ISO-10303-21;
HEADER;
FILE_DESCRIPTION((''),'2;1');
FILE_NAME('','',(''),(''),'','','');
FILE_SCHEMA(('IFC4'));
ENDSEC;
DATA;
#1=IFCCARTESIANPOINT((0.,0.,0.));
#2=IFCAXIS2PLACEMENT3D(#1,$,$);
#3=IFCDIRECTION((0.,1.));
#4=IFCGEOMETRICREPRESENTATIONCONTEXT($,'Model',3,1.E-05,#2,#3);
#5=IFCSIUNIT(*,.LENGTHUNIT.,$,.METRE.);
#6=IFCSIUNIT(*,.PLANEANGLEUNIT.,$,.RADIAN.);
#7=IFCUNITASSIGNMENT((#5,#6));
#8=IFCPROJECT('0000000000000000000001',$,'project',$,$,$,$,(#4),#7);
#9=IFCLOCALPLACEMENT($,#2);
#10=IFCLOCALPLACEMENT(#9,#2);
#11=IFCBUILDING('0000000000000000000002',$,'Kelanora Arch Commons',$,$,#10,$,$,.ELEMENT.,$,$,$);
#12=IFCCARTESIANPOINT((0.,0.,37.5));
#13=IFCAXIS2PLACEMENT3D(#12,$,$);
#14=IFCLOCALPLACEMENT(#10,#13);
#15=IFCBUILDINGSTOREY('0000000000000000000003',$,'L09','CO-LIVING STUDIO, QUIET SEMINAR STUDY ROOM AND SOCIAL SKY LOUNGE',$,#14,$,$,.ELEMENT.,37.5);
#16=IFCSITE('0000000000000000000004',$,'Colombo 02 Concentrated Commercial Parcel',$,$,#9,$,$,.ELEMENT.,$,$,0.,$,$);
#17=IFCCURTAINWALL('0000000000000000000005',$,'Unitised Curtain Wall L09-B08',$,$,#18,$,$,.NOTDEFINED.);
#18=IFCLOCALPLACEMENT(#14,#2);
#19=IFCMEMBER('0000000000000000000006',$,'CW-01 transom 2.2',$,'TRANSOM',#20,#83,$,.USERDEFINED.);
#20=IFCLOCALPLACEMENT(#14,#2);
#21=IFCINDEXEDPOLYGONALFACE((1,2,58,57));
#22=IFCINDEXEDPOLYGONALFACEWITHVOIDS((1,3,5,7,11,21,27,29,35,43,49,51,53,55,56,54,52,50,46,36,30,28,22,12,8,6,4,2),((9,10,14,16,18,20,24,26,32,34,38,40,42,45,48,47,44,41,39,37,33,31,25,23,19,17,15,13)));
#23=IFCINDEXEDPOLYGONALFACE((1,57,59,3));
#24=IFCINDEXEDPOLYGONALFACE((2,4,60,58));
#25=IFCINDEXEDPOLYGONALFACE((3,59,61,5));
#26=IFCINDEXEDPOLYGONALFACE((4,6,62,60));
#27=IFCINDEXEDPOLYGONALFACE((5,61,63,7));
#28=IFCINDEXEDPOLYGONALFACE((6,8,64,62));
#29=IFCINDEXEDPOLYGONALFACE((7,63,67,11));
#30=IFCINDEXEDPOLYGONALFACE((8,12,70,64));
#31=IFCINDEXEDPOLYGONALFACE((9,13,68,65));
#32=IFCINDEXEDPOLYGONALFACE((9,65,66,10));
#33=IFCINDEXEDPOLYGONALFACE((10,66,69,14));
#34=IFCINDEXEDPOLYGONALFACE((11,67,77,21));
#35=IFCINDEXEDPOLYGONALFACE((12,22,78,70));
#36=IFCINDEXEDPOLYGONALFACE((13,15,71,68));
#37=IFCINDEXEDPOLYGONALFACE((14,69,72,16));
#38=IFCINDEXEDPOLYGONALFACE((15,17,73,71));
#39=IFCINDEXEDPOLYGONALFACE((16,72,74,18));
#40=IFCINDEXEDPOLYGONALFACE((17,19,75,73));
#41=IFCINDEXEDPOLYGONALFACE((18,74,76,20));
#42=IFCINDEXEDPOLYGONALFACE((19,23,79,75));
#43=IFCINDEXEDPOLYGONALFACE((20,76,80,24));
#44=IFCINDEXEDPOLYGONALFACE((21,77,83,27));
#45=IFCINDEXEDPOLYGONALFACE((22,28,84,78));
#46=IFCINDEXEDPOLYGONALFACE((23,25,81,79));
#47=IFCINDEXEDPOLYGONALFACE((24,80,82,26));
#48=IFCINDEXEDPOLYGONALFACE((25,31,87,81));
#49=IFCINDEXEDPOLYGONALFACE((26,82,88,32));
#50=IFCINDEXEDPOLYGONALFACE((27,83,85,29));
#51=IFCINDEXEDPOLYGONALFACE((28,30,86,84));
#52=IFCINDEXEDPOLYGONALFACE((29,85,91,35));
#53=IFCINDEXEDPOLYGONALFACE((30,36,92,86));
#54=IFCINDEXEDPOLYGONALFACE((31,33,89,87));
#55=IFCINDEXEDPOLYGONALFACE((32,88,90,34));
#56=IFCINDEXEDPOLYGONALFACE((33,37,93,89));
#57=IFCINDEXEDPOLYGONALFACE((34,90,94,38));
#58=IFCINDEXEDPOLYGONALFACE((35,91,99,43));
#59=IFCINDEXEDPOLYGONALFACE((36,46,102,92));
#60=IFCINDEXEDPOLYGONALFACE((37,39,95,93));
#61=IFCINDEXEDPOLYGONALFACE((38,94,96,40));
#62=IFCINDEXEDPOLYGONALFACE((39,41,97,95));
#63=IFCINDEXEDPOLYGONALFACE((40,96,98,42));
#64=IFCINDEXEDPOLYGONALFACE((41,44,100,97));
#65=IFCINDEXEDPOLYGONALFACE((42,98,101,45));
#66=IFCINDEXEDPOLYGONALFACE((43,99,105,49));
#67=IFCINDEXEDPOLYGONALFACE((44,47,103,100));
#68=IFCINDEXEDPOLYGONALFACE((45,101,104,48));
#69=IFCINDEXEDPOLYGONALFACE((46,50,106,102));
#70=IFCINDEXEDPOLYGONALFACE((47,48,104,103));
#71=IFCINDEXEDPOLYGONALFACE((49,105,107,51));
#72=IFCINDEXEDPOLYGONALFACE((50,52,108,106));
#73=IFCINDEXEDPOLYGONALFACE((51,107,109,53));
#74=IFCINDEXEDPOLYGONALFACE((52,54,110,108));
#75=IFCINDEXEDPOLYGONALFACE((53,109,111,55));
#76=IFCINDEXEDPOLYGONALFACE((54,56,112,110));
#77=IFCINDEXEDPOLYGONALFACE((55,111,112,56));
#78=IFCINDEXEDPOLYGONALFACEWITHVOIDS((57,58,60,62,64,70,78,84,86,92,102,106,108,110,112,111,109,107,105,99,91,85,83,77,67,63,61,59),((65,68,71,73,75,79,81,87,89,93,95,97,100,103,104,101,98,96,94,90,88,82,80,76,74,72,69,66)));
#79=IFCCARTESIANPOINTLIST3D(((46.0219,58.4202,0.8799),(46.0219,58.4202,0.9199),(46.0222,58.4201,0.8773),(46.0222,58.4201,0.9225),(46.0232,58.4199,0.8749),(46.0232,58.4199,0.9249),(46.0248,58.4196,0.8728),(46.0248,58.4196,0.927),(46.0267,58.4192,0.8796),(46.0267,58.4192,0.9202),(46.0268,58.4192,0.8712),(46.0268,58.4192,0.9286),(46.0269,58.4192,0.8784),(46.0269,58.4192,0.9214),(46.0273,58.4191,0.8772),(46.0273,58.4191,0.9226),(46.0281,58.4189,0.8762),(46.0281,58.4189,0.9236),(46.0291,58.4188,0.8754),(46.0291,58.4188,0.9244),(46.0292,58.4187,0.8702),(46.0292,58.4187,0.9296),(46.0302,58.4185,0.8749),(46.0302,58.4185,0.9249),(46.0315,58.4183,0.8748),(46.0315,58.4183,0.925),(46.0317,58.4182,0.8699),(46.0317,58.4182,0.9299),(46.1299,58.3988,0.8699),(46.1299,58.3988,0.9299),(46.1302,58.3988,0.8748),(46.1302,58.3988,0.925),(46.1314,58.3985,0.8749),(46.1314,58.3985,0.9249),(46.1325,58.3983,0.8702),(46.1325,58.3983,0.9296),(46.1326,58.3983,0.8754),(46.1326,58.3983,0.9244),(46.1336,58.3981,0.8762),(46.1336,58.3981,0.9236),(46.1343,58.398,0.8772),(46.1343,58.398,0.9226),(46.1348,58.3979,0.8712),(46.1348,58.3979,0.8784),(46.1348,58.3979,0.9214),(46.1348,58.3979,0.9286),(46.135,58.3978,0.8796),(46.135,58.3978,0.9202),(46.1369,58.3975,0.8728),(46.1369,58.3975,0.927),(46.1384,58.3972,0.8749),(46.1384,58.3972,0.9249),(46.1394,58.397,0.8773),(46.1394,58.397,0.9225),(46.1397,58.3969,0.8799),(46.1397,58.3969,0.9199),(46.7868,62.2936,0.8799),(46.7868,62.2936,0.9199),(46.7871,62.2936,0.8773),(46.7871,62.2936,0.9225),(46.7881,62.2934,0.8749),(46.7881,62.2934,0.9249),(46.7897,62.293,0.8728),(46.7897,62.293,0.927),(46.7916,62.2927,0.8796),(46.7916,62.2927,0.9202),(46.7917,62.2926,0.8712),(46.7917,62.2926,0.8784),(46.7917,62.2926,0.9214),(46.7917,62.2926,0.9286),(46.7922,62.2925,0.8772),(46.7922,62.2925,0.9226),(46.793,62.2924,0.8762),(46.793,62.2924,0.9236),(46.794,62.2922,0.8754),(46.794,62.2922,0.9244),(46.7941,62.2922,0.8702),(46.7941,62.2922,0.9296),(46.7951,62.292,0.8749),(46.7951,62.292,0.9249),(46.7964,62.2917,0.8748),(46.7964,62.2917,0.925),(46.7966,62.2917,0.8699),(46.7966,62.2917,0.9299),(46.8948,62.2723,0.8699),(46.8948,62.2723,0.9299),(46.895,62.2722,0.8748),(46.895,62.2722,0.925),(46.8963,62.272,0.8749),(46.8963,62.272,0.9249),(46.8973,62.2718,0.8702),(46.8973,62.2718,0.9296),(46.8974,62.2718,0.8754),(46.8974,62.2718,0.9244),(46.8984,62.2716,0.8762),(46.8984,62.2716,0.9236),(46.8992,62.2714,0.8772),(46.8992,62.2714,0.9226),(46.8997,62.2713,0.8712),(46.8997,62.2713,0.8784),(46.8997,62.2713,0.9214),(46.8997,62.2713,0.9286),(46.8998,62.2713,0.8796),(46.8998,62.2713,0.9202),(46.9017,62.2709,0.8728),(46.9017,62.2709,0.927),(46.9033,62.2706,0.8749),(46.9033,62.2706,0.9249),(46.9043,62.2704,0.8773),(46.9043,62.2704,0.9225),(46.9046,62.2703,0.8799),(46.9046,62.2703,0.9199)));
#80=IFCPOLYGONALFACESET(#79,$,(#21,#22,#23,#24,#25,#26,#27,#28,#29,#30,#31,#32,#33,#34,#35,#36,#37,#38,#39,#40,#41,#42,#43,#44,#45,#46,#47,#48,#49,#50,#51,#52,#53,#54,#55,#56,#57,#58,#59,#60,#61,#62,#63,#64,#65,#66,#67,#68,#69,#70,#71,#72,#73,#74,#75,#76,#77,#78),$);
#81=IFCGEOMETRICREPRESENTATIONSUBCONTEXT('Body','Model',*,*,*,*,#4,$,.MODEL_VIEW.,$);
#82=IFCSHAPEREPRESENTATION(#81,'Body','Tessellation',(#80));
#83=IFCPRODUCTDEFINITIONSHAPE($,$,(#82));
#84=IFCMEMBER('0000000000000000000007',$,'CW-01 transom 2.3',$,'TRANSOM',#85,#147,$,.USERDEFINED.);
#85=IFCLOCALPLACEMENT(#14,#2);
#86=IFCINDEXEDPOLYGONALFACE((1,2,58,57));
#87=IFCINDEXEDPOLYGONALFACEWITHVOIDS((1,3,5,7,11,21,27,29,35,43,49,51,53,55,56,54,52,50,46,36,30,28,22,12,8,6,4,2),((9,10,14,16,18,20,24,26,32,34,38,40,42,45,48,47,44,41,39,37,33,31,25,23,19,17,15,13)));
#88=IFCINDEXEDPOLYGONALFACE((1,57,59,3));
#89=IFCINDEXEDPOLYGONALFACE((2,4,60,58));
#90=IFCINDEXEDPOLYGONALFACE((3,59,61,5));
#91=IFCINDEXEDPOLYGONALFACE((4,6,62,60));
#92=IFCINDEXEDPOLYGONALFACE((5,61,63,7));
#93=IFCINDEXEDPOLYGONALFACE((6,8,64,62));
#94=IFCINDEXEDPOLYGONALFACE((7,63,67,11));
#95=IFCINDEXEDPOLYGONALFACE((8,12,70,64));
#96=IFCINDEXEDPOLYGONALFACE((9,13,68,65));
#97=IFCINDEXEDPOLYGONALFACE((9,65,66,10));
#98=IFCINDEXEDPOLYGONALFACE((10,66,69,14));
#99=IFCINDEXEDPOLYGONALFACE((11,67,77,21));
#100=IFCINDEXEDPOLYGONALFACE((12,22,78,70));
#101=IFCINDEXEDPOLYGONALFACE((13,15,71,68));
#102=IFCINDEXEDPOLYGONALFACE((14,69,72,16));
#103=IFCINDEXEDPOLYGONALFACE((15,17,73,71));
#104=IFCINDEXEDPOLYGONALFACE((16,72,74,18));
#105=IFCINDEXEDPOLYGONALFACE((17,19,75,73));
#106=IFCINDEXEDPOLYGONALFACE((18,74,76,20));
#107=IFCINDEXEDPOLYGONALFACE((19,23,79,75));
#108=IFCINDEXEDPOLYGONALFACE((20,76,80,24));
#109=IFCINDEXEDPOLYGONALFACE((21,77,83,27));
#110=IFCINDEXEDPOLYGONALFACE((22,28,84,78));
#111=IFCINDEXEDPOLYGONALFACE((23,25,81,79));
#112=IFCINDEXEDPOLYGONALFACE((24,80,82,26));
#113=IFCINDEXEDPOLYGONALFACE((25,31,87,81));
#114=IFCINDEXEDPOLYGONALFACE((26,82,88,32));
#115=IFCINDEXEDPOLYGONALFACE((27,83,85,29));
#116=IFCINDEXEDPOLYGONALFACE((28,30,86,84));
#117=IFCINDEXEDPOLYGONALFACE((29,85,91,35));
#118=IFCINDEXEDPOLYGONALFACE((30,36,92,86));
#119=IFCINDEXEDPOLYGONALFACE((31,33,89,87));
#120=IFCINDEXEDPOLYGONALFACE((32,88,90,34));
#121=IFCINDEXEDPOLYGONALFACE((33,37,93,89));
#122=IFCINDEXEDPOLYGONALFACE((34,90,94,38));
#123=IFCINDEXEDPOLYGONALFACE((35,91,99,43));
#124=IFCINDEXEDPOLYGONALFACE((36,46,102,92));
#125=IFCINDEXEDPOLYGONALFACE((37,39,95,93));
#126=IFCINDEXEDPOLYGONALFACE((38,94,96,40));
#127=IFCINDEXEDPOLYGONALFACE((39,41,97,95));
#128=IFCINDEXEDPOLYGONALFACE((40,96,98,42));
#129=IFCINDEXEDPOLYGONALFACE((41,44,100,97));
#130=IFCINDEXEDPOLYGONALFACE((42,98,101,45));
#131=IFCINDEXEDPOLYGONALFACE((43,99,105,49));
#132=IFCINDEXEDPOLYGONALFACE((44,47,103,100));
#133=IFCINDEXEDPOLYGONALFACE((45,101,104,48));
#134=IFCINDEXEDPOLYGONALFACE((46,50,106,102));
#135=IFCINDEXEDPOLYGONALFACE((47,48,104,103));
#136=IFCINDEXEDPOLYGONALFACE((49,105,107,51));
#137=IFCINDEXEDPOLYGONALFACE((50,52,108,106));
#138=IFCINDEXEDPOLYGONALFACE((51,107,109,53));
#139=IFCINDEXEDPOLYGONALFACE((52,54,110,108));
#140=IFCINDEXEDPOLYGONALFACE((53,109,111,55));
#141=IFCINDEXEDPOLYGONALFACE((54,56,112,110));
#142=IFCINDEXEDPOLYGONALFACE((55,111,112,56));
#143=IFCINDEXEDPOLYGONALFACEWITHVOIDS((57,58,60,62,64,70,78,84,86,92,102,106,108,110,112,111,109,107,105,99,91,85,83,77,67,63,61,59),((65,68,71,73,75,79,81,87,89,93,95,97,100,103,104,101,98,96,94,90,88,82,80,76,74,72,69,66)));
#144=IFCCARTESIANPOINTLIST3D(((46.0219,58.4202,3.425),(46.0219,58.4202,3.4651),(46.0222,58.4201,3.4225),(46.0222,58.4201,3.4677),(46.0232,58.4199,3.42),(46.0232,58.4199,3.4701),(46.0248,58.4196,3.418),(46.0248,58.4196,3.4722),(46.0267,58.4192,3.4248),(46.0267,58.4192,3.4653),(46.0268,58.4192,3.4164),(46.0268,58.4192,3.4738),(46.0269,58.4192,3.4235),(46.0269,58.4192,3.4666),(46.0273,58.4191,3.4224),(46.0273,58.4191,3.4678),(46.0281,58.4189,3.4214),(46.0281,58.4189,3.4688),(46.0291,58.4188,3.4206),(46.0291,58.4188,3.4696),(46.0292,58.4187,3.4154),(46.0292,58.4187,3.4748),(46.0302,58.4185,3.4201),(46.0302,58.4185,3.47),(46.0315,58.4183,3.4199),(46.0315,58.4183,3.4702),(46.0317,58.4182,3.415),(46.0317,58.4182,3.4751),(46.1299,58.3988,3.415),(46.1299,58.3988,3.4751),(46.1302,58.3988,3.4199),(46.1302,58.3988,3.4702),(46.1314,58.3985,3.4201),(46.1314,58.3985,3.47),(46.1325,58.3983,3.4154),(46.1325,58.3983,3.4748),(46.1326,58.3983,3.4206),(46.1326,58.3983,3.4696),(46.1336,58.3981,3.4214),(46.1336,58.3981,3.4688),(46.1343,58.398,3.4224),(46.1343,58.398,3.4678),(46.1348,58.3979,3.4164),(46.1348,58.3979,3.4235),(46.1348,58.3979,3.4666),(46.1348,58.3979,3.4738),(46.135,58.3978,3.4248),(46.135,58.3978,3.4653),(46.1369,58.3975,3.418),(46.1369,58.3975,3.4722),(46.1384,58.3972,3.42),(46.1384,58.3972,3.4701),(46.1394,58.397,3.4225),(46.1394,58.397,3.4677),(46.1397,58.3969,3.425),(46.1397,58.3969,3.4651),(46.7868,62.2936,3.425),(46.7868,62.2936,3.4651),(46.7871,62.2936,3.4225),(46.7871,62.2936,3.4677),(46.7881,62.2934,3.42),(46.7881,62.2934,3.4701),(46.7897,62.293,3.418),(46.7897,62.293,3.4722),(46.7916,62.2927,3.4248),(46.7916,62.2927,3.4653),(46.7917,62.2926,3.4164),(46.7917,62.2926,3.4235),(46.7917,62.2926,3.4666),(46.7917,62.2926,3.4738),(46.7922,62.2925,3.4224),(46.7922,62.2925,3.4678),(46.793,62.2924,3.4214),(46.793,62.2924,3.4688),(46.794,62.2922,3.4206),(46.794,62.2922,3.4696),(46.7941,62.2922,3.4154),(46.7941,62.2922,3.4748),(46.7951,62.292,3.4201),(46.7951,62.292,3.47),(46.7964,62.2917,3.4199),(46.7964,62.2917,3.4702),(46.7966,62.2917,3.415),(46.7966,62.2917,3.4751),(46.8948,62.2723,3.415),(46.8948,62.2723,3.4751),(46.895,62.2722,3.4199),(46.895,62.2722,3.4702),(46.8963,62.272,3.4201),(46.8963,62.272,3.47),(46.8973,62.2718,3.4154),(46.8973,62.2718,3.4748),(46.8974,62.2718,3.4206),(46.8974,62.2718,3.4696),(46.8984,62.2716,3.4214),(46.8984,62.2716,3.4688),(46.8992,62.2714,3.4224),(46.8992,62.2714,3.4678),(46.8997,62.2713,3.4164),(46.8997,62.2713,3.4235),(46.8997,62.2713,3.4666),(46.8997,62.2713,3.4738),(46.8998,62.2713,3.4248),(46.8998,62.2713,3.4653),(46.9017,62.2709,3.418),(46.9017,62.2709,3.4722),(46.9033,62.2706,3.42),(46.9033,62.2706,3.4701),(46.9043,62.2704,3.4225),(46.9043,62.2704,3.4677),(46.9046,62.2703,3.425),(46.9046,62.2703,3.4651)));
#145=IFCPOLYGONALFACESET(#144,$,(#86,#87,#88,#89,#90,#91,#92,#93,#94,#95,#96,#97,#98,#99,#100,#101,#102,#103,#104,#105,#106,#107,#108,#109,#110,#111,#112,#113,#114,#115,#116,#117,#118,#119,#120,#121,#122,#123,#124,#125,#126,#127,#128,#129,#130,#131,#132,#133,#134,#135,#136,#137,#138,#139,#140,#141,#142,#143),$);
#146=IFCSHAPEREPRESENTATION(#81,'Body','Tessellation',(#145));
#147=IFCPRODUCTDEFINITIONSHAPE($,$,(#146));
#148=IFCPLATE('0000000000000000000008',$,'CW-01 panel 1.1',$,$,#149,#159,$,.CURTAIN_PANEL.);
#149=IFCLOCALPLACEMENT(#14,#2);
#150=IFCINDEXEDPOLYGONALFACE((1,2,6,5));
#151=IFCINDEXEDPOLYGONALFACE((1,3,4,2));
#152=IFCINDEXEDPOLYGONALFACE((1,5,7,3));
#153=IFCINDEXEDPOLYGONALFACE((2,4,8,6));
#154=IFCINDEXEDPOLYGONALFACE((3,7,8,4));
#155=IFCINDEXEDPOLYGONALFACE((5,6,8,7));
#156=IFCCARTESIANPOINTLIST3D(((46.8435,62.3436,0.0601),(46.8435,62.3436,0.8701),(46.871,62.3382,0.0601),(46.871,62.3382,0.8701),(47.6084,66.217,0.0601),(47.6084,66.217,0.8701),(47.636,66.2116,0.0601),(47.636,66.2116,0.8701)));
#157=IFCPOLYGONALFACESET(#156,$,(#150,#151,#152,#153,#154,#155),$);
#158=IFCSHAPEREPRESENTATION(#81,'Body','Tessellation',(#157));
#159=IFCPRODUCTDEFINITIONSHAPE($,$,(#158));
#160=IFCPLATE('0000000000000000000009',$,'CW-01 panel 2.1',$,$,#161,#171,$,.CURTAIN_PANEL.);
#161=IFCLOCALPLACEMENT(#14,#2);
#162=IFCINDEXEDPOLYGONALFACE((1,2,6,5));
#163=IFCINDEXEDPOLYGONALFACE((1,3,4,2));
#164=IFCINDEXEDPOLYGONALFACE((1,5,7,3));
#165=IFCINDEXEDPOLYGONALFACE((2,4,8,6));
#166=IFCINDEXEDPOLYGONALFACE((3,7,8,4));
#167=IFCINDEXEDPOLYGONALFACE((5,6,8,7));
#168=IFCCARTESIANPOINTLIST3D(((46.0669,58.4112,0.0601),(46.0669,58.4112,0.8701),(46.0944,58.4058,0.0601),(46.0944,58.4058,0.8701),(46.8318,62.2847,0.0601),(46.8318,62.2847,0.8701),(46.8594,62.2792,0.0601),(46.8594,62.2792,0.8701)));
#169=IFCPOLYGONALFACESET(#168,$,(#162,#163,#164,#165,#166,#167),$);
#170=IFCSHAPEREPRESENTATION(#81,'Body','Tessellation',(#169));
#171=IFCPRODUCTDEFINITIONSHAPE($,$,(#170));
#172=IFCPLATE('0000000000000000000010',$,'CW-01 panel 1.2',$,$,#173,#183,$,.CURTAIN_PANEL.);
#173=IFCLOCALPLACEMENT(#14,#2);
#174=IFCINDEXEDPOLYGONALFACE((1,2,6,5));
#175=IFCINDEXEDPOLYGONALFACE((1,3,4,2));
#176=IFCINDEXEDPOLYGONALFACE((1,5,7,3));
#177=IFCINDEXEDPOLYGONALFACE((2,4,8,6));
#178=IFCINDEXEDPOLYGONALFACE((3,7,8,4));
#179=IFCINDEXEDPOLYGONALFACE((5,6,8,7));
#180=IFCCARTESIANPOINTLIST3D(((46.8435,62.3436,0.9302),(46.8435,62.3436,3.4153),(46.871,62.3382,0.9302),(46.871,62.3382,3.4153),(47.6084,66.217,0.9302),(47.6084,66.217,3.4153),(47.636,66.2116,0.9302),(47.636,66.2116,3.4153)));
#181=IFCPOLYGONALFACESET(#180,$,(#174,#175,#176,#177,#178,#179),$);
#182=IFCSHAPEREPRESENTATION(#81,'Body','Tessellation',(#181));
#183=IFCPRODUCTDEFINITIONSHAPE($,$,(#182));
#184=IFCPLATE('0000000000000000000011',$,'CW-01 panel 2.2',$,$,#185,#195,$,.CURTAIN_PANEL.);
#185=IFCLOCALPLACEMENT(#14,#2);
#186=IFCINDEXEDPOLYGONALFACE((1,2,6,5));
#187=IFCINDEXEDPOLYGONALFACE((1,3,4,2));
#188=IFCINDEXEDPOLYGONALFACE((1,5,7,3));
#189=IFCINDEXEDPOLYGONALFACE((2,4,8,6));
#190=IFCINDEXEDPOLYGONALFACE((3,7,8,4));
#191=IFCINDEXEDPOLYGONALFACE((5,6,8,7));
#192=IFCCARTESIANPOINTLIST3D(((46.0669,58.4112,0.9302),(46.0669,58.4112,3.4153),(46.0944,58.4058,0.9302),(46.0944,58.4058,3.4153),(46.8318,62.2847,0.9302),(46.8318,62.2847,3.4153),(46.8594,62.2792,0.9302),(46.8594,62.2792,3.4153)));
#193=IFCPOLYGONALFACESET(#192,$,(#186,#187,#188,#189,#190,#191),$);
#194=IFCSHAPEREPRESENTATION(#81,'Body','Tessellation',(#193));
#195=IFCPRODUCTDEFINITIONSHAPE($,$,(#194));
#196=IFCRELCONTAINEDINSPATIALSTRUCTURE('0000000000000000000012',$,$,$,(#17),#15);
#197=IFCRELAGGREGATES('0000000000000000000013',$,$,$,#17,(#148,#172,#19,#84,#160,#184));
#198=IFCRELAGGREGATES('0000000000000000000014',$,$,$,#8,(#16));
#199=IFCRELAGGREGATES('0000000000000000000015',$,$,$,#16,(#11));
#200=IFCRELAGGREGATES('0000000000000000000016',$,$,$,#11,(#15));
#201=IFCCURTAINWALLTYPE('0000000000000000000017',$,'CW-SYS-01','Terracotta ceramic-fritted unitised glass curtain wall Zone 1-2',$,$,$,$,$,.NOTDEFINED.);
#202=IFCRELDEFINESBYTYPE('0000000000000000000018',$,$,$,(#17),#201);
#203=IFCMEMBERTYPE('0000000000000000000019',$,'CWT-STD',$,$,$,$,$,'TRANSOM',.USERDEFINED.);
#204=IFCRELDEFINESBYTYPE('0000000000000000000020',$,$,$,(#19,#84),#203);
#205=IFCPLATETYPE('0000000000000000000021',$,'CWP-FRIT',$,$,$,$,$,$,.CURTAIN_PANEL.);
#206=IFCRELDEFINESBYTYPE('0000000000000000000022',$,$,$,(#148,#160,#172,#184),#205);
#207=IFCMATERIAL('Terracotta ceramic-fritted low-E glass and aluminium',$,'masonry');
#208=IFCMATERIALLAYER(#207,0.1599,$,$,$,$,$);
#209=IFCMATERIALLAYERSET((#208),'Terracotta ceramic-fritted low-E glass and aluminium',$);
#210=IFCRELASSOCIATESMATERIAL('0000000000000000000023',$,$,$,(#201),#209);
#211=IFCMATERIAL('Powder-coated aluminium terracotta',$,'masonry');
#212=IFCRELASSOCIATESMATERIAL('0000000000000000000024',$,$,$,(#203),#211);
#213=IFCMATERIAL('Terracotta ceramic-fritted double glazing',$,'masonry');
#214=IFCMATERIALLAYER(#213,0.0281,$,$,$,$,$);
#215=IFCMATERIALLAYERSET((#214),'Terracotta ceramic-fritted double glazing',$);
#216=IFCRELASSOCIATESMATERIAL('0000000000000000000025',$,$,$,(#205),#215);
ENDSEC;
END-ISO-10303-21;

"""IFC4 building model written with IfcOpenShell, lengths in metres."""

from ifc_helpers import new_model, si_unit, direction, frame, origin, origin_2d, place, context, subcontext, project, spatial, rectangle, hollow_rectangle, extrude, source, transform, mapped, material, layer, layer_set, material_profile, profile_set, type_object, element, aggregate, save


model = new_model("IFC4")

# Units and contexts
model_context = context("Model", 3, precision=1e-05, world=origin(), true_north=direction((0.0, 1.0)))
body_context = subcontext(model_context, "Body", "Model", "MODEL_VIEW")
ifc_project = project(units=[si_unit("LENGTHUNIT", "METRE"), si_unit("PLANEANGLEUNIT", "RADIAN")], contexts=[model_context])

# Site, building, storey
site_placement = place(None, origin())
site = spatial("IfcSite", under=ifc_project, at=site_placement, Name="Colombo 02 Concentrated Commercial Parcel", CompositionType="ELEMENT", RefElevation=0.0)
building_placement = place(site_placement, origin())
building = spatial("IfcBuilding", under=site, at=building_placement, Name="Kelanora Arch Commons", CompositionType="ELEMENT")
storey_placement = place(building_placement, frame((0.0, 0.0, 37.5)))
storey = spatial("IfcBuildingStorey", under=building, at=storey_placement, Name="L09", Description="CO-LIVING STUDIO, QUIET SEMINAR STUDY ROOM AND SOCIAL SKY LOUNGE", CompositionType="ELEMENT", Elevation=37.5)

# Curtain wall, members, plates
ifc_material_1 = material(Name="Terracotta ceramic-fritted low-E glass and aluminium", Category="masonry")
ifc_layer_1 = layer(ifc_material_1, 0.1599)
ifc_layer_set_1 = layer_set([ifc_layer_1], Name="Terracotta ceramic-fritted low-E glass and aluminium")
curtain_wall_type = type_object("IfcCurtainWallType", Name="CW-SYS-01", Description="Terracotta ceramic-fritted unitised glass curtain wall Zone 1-2", PredefinedType="NOTDEFINED", material=ifc_layer_set_1)
curtain_wall_placement = place(storey_placement, origin())
curtain_wall = element("IfcCurtainWall", 1, at=curtain_wall_placement, inside=storey, type_object=curtain_wall_type, Name="Unitised Curtain Wall L09-B08", PredefinedType="NOTDEFINED")
ifc_material_2 = material(Name="Powder-coated aluminium terracotta", Category="masonry")
ifc_material_profile_1 = material_profile(ifc_material_2, hollow_rectangle(XDim=0.1201, YDim=0.0601, WallThickness=0.0049, InnerFilletRadius=0.0049, OuterFilletRadius=0.01, at=origin_2d()), Name="CWT120x60")
ifc_profile_set_1 = profile_set([ifc_material_profile_1], Name="Powder-coated aluminium terracotta")
member_type_1 = type_object("IfcMemberType", Name="CWT-STD", ElementType="TRANSOM", PredefinedType="USERDEFINED", material=ifc_profile_set_1)
member_1_placement = place(storey_placement, frame((46.8457, 62.282, 0.8999), z_axis=(-0.193725, -0.981056, 0.0), x_axis=(0.981056, -0.193725, 0.0)))
member_1 = element("IfcMember", 2, at=member_1_placement, type_object=member_type_1, Name="CW-01 transom 2.2", ObjectType="TRANSOM", PredefinedType="USERDEFINED", context=body_context, shape_type="SweptSolid", body=[
    extrude(hollow_rectangle(XDim=0.1201, YDim=0.0601, WallThickness=0.0049, InnerFilletRadius=0.0049, OuterFilletRadius=0.01, at=origin_2d()), origin(), (0.0, 0.0, 1.0), 3.9482),
])
member_2_placement = place(storey_placement, frame((46.8457, 62.282, 3.4451), z_axis=(-0.193725, -0.981056, 0.0), x_axis=(0.981056, -0.193725, 0.0)))
member_2 = element("IfcMember", 3, at=member_2_placement, type_object=member_type_1, Name="CW-01 transom 2.3", ObjectType="TRANSOM", PredefinedType="USERDEFINED", context=body_context, shape_type="SweptSolid", body=[
    extrude(hollow_rectangle(XDim=0.1201, YDim=0.0601, WallThickness=0.0049, InnerFilletRadius=0.0049, OuterFilletRadius=0.01, at=origin_2d()), origin(), (0.0, 0.0, 1.0), 3.9482),
])
ifc_material_3 = material(Name="Terracotta ceramic-fritted double glazing", Category="masonry")
ifc_layer_2 = layer(ifc_material_3, 0.0281)
ifc_layer_set_2 = layer_set([ifc_layer_2], Name="Terracotta ceramic-fritted double glazing")
plate_type = type_object("IfcPlateType", Name="CWP-FRIT", PredefinedType="CURTAIN_PANEL", material=ifc_layer_set_2)
shared_shape_1 = source(origin(), body_context, "Body", "SweptSolid", [
    extrude(rectangle(XDim=3.9482, YDim=0.0281, at=origin_2d()), origin(), (0.0, 0.0, 1.0), 0.8101),
])
plate_1_placement = place(storey_placement, frame((47.2397, 64.2776, 0.0601), z_axis=(0.0, 0.0, 1.0), x_axis=(-0.193744, -0.981052, 0.0)))
plate_1 = element("IfcPlate", 4, at=plate_1_placement, type_object=plate_type, Name="CW-01 panel 1.1", PredefinedType="CURTAIN_PANEL", context=body_context, shape_type="MappedRepresentation", body=[
    mapped(shared_shape_1, transform((0.0, 0.0, 0.0), scale=1.0)),
])
plate_2_placement = place(storey_placement, frame((46.4631, 60.3452, 0.0601), z_axis=(0.0, 0.0, 1.0), x_axis=(-0.193744, -0.981052, 0.0)))
plate_2 = element("IfcPlate", 5, at=plate_2_placement, type_object=plate_type, Name="CW-01 panel 2.1", PredefinedType="CURTAIN_PANEL", context=body_context, shape_type="MappedRepresentation", body=[
    mapped(shared_shape_1, transform((0.0, 0.0, 0.0), scale=1.0)),
])
shared_shape_2 = source(origin(), body_context, "Body", "SweptSolid", [
    extrude(rectangle(XDim=3.9482, YDim=0.0281, at=origin_2d()), origin(), (0.0, 0.0, 1.0), 2.4851),
])
plate_3_placement = place(storey_placement, frame((47.2397, 64.2776, 0.9302), z_axis=(0.0, 0.0, 1.0), x_axis=(-0.193744, -0.981052, 0.0)))
plate_3 = element("IfcPlate", 6, at=plate_3_placement, type_object=plate_type, Name="CW-01 panel 1.2", PredefinedType="CURTAIN_PANEL", context=body_context, shape_type="MappedRepresentation", body=[
    mapped(shared_shape_2, transform((0.0, 0.0, 0.0), scale=1.0)),
])
plate_4_placement = place(storey_placement, frame((46.4631, 60.3452, 0.9302), z_axis=(0.0, 0.0, 1.0), x_axis=(-0.193744, -0.981052, 0.0)))
plate_4 = element("IfcPlate", 7, at=plate_4_placement, type_object=plate_type, Name="CW-01 panel 2.2", PredefinedType="CURTAIN_PANEL", context=body_context, shape_type="MappedRepresentation", body=[
    mapped(shared_shape_2, transform((0.0, 0.0, 0.0), scale=1.0)),
])
aggregate(curtain_wall, [plate_1, plate_3, member_1, member_2, plate_2, plate_4])

save(model, "model.ifc")
